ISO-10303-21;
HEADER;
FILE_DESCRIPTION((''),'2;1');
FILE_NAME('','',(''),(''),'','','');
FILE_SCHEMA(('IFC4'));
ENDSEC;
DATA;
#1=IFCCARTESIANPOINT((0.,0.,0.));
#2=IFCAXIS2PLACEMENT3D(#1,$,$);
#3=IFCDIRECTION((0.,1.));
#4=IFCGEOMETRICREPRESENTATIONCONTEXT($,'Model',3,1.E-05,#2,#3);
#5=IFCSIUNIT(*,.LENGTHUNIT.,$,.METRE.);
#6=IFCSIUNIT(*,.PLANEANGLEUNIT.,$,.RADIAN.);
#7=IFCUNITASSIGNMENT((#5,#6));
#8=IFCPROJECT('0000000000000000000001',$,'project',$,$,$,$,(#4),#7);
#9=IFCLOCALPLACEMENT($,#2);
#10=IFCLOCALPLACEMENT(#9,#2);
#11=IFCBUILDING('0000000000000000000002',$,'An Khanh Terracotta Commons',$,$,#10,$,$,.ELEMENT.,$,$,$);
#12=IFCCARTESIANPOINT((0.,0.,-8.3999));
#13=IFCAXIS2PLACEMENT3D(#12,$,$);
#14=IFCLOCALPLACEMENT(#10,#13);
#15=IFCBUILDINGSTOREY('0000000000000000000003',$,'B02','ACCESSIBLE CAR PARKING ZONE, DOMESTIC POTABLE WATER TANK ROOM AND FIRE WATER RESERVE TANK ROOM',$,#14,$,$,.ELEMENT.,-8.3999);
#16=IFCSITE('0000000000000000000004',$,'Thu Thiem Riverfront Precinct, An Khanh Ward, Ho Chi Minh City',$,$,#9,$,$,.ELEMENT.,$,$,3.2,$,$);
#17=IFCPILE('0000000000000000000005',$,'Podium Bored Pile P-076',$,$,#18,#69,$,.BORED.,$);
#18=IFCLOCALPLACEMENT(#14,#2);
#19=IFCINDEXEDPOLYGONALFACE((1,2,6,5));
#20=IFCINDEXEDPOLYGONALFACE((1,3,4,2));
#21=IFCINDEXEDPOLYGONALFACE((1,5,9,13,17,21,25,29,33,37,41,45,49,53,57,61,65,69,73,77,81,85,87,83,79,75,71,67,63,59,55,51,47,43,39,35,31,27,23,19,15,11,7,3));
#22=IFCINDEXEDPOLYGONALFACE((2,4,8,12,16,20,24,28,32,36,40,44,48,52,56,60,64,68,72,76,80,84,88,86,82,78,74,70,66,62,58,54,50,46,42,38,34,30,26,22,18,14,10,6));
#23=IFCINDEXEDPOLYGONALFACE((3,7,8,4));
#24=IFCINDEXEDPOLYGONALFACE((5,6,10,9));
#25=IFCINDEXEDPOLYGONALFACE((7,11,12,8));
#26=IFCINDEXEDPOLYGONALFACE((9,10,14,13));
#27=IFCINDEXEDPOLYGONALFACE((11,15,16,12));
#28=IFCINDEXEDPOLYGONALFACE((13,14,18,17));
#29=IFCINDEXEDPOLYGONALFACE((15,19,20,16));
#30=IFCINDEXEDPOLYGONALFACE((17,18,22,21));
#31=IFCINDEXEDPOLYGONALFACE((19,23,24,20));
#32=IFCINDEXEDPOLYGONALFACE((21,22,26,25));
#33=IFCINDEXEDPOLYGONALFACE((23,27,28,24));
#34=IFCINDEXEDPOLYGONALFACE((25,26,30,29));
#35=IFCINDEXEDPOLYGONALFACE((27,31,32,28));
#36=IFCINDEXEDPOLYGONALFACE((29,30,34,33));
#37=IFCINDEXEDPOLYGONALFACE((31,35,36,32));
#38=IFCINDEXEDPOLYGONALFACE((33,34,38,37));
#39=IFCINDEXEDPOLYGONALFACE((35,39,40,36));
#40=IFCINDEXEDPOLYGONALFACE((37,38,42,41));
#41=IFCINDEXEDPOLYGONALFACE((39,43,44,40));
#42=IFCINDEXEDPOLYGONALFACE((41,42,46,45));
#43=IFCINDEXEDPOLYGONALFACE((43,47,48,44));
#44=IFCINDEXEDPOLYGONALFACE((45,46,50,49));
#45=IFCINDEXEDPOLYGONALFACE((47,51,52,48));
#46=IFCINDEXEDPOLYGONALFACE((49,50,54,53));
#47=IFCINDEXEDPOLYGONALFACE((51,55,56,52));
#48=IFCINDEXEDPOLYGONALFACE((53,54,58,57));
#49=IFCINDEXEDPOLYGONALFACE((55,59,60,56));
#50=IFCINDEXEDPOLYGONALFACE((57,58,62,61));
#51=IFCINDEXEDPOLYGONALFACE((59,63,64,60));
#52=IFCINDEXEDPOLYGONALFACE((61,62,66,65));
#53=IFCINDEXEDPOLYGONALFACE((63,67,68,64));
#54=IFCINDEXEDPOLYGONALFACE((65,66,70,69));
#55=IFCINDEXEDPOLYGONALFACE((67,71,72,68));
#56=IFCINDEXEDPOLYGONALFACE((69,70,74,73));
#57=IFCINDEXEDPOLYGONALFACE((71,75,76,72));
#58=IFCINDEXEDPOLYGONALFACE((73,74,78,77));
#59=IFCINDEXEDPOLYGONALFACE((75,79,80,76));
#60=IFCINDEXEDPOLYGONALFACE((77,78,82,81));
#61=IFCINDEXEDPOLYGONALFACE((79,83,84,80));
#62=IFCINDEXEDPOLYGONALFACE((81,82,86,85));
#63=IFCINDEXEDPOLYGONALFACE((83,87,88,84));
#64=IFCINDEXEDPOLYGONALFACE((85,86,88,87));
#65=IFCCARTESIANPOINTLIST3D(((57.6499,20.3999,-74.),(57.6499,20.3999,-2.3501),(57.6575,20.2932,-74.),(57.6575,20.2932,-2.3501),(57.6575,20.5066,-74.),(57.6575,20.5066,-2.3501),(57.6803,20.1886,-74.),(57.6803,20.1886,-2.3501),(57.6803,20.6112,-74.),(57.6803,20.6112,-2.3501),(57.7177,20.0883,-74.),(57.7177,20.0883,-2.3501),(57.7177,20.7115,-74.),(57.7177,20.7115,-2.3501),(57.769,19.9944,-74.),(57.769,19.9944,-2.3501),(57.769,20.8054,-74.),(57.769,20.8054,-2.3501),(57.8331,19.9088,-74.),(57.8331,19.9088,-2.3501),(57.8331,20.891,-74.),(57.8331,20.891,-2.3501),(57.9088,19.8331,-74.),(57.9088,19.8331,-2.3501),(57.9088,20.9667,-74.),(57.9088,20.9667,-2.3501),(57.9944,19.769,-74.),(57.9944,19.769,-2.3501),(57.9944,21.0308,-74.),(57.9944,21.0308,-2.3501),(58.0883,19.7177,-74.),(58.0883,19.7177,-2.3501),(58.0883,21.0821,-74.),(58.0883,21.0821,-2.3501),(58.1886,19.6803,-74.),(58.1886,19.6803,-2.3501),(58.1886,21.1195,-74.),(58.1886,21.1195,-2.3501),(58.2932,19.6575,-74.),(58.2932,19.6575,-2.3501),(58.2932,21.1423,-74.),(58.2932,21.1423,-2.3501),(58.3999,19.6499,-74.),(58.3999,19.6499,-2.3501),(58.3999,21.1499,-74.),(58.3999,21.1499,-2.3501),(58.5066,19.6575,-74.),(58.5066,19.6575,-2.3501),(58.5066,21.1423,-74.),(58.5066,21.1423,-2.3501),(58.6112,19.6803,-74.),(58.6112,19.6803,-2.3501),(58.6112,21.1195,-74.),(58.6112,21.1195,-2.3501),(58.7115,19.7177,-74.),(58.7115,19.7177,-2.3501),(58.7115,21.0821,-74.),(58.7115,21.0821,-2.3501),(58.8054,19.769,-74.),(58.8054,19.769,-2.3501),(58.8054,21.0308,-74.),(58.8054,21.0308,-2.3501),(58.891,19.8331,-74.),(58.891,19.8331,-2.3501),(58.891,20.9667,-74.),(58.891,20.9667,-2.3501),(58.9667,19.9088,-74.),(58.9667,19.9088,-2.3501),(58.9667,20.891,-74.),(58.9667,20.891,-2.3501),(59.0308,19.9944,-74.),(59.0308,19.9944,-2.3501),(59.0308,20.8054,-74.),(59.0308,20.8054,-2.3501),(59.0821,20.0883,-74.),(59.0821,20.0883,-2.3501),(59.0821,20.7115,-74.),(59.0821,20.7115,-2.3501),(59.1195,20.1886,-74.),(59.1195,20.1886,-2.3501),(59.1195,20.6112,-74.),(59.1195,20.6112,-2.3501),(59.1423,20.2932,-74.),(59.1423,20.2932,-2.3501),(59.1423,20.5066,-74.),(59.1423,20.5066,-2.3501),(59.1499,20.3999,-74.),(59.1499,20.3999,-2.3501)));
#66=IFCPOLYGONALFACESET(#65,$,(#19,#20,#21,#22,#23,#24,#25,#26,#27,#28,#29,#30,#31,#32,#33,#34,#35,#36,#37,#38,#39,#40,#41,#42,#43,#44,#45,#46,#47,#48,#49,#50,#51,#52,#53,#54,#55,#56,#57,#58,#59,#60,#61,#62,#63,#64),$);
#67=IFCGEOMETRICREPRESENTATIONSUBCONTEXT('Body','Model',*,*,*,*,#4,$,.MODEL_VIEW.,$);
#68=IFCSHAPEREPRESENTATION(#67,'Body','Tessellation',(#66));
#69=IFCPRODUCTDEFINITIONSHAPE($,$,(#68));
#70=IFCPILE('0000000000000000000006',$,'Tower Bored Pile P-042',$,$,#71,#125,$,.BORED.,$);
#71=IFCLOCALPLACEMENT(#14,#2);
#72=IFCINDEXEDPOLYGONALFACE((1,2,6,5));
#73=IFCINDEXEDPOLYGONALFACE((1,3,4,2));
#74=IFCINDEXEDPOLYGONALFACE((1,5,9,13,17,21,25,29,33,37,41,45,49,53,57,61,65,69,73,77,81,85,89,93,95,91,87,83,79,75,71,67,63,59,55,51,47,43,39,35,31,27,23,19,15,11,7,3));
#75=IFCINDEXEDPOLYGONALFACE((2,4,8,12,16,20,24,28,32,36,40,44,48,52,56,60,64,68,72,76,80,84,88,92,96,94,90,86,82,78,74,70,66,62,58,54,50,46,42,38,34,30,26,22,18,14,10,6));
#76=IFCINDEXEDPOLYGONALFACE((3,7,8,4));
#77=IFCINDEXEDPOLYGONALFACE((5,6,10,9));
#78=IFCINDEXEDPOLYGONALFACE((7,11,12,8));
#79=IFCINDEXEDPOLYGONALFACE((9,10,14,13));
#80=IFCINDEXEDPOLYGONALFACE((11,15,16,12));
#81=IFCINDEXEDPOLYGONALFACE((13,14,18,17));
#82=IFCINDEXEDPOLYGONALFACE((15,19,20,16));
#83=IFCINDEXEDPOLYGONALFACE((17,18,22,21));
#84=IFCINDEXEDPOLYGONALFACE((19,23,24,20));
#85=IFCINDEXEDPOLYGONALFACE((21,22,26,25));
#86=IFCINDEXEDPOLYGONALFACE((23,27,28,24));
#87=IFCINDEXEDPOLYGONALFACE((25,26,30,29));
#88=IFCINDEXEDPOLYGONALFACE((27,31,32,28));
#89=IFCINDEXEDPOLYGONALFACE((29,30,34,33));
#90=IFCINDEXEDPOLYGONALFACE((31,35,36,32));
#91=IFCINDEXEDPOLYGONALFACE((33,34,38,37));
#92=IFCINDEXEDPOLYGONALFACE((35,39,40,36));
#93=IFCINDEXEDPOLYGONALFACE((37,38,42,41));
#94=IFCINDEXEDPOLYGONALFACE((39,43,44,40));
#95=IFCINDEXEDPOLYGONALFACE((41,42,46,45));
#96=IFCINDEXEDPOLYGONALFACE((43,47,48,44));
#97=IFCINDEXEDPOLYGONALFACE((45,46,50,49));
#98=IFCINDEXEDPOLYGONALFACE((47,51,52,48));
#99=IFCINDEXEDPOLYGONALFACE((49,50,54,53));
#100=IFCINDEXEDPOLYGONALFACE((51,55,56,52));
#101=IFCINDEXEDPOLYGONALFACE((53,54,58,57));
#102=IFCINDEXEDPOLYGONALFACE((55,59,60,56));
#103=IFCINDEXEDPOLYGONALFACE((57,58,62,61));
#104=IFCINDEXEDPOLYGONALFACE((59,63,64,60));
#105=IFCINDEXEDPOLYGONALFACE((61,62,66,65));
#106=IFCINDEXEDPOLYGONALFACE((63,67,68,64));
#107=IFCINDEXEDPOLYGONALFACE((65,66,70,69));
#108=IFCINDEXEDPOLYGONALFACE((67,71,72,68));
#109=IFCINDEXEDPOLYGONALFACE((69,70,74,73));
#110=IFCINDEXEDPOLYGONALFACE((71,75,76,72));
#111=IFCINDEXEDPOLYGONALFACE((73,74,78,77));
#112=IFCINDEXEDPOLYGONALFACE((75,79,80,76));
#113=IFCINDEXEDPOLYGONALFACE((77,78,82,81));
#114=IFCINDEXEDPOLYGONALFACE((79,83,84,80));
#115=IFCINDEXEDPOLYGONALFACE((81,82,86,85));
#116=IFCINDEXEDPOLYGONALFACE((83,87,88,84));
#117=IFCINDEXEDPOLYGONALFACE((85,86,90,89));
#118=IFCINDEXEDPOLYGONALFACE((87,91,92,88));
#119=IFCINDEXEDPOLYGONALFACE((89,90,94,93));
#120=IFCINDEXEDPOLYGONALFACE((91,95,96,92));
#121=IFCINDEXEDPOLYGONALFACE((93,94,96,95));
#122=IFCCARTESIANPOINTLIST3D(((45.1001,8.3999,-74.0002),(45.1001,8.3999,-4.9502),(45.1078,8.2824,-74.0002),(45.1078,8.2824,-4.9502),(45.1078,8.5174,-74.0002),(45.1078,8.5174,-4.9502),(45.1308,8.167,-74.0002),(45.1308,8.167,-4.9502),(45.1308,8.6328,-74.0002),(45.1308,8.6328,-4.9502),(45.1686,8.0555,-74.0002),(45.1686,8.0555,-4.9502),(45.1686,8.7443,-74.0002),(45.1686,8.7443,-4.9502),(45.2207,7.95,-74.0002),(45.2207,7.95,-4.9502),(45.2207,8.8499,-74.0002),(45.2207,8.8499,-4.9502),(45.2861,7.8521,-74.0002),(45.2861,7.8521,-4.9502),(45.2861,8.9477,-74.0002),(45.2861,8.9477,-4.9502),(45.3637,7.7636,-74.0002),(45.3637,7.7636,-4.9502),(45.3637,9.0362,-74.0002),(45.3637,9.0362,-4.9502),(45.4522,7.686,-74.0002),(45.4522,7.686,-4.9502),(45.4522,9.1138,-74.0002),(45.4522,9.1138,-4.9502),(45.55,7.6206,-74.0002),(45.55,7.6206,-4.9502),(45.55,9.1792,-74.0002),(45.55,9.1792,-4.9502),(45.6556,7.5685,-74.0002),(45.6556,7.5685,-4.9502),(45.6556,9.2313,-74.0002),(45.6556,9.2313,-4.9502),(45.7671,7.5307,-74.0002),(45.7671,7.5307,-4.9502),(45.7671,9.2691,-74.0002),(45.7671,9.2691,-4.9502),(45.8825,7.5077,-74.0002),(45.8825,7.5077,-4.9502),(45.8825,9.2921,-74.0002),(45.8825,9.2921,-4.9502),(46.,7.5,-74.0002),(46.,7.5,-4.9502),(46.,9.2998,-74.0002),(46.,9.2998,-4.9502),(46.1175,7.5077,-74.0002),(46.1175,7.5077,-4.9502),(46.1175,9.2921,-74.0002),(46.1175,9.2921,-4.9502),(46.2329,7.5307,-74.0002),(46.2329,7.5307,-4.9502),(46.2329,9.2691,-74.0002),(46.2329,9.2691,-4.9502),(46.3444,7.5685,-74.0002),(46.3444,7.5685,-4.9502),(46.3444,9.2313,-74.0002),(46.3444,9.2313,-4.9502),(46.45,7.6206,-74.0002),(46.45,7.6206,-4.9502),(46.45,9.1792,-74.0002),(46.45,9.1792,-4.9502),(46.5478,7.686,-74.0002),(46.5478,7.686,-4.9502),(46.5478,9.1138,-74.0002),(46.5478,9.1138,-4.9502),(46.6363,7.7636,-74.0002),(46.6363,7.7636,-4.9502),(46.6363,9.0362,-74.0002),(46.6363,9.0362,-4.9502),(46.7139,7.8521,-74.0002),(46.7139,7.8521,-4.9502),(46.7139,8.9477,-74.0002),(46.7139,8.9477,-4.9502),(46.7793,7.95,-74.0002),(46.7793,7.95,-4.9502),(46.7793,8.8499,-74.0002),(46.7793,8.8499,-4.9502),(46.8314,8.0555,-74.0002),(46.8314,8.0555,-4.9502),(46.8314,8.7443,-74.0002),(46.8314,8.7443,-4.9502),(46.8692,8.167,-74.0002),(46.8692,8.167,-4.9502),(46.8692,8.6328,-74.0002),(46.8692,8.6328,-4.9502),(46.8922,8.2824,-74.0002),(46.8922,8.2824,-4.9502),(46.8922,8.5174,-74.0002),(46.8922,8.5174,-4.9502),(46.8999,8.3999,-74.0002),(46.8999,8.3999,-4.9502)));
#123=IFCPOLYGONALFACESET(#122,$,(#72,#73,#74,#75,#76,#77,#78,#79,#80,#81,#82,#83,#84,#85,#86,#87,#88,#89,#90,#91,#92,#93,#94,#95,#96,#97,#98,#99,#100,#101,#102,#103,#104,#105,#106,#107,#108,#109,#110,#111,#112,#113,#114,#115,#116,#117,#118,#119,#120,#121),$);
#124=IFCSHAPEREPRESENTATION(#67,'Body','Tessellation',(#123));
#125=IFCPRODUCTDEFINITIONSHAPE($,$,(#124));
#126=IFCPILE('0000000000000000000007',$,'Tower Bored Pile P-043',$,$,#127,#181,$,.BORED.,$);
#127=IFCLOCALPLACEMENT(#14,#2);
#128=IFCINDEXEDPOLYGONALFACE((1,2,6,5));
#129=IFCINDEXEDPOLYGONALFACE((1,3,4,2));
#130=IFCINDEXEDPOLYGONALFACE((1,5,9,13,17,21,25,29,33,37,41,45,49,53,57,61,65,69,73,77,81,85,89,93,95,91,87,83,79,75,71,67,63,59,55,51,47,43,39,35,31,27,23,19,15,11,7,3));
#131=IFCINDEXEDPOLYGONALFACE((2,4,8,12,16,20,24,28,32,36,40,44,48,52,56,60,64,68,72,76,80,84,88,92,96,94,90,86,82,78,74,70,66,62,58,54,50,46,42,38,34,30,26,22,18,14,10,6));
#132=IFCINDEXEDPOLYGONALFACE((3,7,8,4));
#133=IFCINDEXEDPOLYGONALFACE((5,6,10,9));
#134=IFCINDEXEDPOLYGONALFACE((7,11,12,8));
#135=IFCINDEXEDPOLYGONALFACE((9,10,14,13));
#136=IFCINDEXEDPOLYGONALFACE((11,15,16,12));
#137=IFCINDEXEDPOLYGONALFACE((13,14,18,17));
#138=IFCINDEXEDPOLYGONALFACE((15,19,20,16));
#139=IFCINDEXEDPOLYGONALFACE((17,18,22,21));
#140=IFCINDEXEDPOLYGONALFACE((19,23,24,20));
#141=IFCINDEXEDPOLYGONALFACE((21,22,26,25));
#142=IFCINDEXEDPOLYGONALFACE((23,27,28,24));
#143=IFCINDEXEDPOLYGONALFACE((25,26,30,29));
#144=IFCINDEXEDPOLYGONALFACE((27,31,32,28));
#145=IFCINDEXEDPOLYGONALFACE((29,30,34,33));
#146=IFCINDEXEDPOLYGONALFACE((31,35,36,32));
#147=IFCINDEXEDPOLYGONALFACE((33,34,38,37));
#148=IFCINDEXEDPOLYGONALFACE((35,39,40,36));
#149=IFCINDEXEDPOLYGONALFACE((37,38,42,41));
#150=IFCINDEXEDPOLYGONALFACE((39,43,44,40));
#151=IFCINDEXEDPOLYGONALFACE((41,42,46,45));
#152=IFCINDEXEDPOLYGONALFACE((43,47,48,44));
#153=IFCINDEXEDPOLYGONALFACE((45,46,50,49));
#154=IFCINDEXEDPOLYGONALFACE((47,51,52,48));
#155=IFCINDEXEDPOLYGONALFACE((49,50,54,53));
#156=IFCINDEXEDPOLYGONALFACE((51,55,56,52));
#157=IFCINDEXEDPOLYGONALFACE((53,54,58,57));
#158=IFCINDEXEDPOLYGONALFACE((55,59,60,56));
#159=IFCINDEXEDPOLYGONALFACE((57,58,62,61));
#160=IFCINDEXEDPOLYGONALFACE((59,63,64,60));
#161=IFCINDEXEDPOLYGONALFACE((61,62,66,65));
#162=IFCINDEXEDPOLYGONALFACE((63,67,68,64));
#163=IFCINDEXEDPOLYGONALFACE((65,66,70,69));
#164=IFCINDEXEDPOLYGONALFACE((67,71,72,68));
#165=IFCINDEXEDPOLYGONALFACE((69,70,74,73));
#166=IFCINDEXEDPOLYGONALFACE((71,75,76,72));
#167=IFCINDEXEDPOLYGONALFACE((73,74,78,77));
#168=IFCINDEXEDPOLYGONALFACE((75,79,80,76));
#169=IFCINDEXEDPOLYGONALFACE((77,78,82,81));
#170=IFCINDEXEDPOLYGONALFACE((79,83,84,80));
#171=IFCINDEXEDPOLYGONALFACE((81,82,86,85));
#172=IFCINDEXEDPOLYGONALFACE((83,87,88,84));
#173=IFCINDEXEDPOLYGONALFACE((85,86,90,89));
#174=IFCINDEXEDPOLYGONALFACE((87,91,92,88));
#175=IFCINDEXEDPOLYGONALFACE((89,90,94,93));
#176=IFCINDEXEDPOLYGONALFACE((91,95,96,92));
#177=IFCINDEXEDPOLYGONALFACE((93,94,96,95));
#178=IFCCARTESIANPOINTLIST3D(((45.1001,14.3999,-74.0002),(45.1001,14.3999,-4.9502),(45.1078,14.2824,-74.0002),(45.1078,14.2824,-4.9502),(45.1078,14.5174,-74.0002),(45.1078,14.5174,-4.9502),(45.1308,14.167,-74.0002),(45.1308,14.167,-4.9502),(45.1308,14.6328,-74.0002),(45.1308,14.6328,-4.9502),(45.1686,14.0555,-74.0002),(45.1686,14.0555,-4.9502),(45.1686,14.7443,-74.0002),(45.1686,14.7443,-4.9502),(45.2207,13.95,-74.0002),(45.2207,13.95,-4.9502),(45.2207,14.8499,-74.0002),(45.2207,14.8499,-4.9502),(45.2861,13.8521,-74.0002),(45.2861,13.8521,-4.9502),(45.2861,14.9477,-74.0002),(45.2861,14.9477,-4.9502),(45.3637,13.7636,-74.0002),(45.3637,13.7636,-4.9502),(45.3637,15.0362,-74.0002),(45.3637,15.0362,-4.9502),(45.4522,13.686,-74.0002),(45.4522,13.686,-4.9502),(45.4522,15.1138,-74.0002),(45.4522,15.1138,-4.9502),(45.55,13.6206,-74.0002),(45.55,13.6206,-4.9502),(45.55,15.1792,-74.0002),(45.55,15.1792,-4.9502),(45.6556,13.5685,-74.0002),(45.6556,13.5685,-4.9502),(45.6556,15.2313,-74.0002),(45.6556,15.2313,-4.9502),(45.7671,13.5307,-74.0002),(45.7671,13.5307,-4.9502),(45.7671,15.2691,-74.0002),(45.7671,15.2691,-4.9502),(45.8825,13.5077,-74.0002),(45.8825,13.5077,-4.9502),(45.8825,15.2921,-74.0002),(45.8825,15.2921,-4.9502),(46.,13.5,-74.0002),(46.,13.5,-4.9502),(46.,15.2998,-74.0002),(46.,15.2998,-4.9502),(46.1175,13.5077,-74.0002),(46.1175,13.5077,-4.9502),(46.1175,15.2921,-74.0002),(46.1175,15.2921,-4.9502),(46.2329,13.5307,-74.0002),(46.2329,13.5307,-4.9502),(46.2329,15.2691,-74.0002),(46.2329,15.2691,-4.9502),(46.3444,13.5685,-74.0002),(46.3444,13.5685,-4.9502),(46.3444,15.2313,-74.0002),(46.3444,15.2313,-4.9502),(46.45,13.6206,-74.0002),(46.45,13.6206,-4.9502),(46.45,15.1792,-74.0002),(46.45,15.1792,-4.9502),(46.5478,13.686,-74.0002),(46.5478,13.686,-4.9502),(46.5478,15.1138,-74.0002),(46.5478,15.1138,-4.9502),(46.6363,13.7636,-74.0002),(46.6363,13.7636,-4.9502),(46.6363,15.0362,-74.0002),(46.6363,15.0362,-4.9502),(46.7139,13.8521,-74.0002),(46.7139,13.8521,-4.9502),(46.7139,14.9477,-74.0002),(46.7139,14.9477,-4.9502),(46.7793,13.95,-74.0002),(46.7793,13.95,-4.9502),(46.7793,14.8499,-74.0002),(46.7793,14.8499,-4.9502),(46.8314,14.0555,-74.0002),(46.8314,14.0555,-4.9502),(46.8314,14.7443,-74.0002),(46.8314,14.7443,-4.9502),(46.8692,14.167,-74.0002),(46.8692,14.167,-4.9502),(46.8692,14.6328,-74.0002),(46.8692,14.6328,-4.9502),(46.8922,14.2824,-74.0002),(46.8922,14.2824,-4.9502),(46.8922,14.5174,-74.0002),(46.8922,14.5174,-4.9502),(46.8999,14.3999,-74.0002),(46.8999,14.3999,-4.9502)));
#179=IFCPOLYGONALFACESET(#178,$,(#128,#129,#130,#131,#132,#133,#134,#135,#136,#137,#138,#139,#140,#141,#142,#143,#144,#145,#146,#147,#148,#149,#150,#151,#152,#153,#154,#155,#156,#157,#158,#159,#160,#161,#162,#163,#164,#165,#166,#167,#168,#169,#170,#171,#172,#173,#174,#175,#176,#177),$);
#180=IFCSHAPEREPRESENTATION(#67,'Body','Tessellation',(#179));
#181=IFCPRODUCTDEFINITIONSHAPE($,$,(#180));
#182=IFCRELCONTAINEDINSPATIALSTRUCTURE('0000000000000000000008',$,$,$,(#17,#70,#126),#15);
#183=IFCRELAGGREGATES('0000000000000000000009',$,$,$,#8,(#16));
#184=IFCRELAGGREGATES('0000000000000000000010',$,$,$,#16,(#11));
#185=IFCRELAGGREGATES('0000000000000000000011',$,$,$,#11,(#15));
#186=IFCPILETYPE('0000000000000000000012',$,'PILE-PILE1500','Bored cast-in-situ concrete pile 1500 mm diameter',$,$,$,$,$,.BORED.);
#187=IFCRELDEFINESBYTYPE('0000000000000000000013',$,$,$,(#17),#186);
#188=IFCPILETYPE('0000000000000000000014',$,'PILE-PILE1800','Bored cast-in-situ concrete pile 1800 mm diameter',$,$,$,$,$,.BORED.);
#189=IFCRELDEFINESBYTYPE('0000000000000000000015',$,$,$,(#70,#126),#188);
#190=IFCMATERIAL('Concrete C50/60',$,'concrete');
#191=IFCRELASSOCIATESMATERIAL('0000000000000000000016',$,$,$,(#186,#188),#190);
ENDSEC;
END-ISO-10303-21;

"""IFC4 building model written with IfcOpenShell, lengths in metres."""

from ifc_helpers import new_model, si_unit, direction, frame, origin, origin_2d, place, context, subcontext, project, spatial, circle, extrude, material, material_profile, profile_set, type_object, element, save


model = new_model("IFC4")

# Units and contexts
model_context = context("Model", 3, precision=1e-05, world=origin(), true_north=direction((0.0, 1.0)))
body_context = subcontext(model_context, "Body", "Model", "MODEL_VIEW")
ifc_project = project(units=[si_unit("LENGTHUNIT", "METRE"), si_unit("PLANEANGLEUNIT", "RADIAN")], contexts=[model_context])

# Site, building, storey
site_placement = place(None, origin())
site = spatial("IfcSite", under=ifc_project, at=site_placement, Name="Thu Thiem Riverfront Precinct, An Khanh Ward, Ho Chi Minh City", CompositionType="ELEMENT", RefElevation=3.2)
building_placement = place(site_placement, origin())
building = spatial("IfcBuilding", under=site, at=building_placement, Name="An Khanh Terracotta Commons", CompositionType="ELEMENT")
storey_placement = place(building_placement, frame((0.0, 0.0, -8.3999)))
storey = spatial("IfcBuildingStorey", under=building, at=storey_placement, Name="B02", Description="ACCESSIBLE CAR PARKING ZONE, DOMESTIC POTABLE WATER TANK ROOM AND FIRE WATER RESERVE TANK ROOM", CompositionType="ELEMENT", Elevation=-8.3999)

# Shared definitions
ifc_material_1 = material(Name="Concrete C50/60", Category="concrete")

# Piles
ifc_material_profile_1 = material_profile(ifc_material_1, circle(Radius=0.75, at=origin_2d()), Name="PILE1500")
ifc_profile_set_1 = profile_set([ifc_material_profile_1], Name="Concrete C50/60")
pile_type_1 = type_object("IfcPileType", Name="PILE-PILE1500", Description="Bored cast-in-situ concrete pile 1500 mm diameter", PredefinedType="BORED", material=ifc_profile_set_1)
for number, where, z_axis, x_axis, name in (
    (1, (58.3999, 20.3999, -2.3501), (0.0, 0.0, -1.0), (1.0, 0.0, 0.0), "Podium Bored Pile P-076"),
):
    element("IfcPile", number, at=place(storey_placement, frame(where, z_axis=z_axis, x_axis=x_axis)), inside=storey, type_object=pile_type_1, Name=name, PredefinedType="BORED", context=body_context, shape_type="SweptSolid", body=[
        extrude(circle(Radius=0.75, at=origin_2d()), origin(), (0.0, 0.0, 1.0), 71.6499),
    ])
ifc_material_profile_2 = material_profile(ifc_material_1, circle(Radius=0.8999, at=origin_2d()), Name="PILE1800")
ifc_profile_set_2 = profile_set([ifc_material_profile_2], Name="Concrete C50/60")
pile_type_2 = type_object("IfcPileType", Name="PILE-PILE1800", Description="Bored cast-in-situ concrete pile 1800 mm diameter", PredefinedType="BORED", material=ifc_profile_set_2)
for number, where, z_axis, x_axis, name in (
    (2, (46.0, 8.3999, -4.9502), (0.0, 0.0, -1.0), (1.0, 0.0, 0.0), "Tower Bored Pile P-042"),
    (3, (46.0, 14.3999, -4.9502), (0.0, 0.0, -1.0), (1.0, 0.0, 0.0), "Tower Bored Pile P-043"),
):
    element("IfcPile", number, at=place(storey_placement, frame(where, z_axis=z_axis, x_axis=x_axis)), inside=storey, type_object=pile_type_2, Name=name, PredefinedType="BORED", context=body_context, shape_type="SweptSolid", body=[
        extrude(circle(Radius=0.8999, at=origin_2d()), origin(), (0.0, 0.0, 1.0), 69.05),
    ])

save(model, "model.ifc")
